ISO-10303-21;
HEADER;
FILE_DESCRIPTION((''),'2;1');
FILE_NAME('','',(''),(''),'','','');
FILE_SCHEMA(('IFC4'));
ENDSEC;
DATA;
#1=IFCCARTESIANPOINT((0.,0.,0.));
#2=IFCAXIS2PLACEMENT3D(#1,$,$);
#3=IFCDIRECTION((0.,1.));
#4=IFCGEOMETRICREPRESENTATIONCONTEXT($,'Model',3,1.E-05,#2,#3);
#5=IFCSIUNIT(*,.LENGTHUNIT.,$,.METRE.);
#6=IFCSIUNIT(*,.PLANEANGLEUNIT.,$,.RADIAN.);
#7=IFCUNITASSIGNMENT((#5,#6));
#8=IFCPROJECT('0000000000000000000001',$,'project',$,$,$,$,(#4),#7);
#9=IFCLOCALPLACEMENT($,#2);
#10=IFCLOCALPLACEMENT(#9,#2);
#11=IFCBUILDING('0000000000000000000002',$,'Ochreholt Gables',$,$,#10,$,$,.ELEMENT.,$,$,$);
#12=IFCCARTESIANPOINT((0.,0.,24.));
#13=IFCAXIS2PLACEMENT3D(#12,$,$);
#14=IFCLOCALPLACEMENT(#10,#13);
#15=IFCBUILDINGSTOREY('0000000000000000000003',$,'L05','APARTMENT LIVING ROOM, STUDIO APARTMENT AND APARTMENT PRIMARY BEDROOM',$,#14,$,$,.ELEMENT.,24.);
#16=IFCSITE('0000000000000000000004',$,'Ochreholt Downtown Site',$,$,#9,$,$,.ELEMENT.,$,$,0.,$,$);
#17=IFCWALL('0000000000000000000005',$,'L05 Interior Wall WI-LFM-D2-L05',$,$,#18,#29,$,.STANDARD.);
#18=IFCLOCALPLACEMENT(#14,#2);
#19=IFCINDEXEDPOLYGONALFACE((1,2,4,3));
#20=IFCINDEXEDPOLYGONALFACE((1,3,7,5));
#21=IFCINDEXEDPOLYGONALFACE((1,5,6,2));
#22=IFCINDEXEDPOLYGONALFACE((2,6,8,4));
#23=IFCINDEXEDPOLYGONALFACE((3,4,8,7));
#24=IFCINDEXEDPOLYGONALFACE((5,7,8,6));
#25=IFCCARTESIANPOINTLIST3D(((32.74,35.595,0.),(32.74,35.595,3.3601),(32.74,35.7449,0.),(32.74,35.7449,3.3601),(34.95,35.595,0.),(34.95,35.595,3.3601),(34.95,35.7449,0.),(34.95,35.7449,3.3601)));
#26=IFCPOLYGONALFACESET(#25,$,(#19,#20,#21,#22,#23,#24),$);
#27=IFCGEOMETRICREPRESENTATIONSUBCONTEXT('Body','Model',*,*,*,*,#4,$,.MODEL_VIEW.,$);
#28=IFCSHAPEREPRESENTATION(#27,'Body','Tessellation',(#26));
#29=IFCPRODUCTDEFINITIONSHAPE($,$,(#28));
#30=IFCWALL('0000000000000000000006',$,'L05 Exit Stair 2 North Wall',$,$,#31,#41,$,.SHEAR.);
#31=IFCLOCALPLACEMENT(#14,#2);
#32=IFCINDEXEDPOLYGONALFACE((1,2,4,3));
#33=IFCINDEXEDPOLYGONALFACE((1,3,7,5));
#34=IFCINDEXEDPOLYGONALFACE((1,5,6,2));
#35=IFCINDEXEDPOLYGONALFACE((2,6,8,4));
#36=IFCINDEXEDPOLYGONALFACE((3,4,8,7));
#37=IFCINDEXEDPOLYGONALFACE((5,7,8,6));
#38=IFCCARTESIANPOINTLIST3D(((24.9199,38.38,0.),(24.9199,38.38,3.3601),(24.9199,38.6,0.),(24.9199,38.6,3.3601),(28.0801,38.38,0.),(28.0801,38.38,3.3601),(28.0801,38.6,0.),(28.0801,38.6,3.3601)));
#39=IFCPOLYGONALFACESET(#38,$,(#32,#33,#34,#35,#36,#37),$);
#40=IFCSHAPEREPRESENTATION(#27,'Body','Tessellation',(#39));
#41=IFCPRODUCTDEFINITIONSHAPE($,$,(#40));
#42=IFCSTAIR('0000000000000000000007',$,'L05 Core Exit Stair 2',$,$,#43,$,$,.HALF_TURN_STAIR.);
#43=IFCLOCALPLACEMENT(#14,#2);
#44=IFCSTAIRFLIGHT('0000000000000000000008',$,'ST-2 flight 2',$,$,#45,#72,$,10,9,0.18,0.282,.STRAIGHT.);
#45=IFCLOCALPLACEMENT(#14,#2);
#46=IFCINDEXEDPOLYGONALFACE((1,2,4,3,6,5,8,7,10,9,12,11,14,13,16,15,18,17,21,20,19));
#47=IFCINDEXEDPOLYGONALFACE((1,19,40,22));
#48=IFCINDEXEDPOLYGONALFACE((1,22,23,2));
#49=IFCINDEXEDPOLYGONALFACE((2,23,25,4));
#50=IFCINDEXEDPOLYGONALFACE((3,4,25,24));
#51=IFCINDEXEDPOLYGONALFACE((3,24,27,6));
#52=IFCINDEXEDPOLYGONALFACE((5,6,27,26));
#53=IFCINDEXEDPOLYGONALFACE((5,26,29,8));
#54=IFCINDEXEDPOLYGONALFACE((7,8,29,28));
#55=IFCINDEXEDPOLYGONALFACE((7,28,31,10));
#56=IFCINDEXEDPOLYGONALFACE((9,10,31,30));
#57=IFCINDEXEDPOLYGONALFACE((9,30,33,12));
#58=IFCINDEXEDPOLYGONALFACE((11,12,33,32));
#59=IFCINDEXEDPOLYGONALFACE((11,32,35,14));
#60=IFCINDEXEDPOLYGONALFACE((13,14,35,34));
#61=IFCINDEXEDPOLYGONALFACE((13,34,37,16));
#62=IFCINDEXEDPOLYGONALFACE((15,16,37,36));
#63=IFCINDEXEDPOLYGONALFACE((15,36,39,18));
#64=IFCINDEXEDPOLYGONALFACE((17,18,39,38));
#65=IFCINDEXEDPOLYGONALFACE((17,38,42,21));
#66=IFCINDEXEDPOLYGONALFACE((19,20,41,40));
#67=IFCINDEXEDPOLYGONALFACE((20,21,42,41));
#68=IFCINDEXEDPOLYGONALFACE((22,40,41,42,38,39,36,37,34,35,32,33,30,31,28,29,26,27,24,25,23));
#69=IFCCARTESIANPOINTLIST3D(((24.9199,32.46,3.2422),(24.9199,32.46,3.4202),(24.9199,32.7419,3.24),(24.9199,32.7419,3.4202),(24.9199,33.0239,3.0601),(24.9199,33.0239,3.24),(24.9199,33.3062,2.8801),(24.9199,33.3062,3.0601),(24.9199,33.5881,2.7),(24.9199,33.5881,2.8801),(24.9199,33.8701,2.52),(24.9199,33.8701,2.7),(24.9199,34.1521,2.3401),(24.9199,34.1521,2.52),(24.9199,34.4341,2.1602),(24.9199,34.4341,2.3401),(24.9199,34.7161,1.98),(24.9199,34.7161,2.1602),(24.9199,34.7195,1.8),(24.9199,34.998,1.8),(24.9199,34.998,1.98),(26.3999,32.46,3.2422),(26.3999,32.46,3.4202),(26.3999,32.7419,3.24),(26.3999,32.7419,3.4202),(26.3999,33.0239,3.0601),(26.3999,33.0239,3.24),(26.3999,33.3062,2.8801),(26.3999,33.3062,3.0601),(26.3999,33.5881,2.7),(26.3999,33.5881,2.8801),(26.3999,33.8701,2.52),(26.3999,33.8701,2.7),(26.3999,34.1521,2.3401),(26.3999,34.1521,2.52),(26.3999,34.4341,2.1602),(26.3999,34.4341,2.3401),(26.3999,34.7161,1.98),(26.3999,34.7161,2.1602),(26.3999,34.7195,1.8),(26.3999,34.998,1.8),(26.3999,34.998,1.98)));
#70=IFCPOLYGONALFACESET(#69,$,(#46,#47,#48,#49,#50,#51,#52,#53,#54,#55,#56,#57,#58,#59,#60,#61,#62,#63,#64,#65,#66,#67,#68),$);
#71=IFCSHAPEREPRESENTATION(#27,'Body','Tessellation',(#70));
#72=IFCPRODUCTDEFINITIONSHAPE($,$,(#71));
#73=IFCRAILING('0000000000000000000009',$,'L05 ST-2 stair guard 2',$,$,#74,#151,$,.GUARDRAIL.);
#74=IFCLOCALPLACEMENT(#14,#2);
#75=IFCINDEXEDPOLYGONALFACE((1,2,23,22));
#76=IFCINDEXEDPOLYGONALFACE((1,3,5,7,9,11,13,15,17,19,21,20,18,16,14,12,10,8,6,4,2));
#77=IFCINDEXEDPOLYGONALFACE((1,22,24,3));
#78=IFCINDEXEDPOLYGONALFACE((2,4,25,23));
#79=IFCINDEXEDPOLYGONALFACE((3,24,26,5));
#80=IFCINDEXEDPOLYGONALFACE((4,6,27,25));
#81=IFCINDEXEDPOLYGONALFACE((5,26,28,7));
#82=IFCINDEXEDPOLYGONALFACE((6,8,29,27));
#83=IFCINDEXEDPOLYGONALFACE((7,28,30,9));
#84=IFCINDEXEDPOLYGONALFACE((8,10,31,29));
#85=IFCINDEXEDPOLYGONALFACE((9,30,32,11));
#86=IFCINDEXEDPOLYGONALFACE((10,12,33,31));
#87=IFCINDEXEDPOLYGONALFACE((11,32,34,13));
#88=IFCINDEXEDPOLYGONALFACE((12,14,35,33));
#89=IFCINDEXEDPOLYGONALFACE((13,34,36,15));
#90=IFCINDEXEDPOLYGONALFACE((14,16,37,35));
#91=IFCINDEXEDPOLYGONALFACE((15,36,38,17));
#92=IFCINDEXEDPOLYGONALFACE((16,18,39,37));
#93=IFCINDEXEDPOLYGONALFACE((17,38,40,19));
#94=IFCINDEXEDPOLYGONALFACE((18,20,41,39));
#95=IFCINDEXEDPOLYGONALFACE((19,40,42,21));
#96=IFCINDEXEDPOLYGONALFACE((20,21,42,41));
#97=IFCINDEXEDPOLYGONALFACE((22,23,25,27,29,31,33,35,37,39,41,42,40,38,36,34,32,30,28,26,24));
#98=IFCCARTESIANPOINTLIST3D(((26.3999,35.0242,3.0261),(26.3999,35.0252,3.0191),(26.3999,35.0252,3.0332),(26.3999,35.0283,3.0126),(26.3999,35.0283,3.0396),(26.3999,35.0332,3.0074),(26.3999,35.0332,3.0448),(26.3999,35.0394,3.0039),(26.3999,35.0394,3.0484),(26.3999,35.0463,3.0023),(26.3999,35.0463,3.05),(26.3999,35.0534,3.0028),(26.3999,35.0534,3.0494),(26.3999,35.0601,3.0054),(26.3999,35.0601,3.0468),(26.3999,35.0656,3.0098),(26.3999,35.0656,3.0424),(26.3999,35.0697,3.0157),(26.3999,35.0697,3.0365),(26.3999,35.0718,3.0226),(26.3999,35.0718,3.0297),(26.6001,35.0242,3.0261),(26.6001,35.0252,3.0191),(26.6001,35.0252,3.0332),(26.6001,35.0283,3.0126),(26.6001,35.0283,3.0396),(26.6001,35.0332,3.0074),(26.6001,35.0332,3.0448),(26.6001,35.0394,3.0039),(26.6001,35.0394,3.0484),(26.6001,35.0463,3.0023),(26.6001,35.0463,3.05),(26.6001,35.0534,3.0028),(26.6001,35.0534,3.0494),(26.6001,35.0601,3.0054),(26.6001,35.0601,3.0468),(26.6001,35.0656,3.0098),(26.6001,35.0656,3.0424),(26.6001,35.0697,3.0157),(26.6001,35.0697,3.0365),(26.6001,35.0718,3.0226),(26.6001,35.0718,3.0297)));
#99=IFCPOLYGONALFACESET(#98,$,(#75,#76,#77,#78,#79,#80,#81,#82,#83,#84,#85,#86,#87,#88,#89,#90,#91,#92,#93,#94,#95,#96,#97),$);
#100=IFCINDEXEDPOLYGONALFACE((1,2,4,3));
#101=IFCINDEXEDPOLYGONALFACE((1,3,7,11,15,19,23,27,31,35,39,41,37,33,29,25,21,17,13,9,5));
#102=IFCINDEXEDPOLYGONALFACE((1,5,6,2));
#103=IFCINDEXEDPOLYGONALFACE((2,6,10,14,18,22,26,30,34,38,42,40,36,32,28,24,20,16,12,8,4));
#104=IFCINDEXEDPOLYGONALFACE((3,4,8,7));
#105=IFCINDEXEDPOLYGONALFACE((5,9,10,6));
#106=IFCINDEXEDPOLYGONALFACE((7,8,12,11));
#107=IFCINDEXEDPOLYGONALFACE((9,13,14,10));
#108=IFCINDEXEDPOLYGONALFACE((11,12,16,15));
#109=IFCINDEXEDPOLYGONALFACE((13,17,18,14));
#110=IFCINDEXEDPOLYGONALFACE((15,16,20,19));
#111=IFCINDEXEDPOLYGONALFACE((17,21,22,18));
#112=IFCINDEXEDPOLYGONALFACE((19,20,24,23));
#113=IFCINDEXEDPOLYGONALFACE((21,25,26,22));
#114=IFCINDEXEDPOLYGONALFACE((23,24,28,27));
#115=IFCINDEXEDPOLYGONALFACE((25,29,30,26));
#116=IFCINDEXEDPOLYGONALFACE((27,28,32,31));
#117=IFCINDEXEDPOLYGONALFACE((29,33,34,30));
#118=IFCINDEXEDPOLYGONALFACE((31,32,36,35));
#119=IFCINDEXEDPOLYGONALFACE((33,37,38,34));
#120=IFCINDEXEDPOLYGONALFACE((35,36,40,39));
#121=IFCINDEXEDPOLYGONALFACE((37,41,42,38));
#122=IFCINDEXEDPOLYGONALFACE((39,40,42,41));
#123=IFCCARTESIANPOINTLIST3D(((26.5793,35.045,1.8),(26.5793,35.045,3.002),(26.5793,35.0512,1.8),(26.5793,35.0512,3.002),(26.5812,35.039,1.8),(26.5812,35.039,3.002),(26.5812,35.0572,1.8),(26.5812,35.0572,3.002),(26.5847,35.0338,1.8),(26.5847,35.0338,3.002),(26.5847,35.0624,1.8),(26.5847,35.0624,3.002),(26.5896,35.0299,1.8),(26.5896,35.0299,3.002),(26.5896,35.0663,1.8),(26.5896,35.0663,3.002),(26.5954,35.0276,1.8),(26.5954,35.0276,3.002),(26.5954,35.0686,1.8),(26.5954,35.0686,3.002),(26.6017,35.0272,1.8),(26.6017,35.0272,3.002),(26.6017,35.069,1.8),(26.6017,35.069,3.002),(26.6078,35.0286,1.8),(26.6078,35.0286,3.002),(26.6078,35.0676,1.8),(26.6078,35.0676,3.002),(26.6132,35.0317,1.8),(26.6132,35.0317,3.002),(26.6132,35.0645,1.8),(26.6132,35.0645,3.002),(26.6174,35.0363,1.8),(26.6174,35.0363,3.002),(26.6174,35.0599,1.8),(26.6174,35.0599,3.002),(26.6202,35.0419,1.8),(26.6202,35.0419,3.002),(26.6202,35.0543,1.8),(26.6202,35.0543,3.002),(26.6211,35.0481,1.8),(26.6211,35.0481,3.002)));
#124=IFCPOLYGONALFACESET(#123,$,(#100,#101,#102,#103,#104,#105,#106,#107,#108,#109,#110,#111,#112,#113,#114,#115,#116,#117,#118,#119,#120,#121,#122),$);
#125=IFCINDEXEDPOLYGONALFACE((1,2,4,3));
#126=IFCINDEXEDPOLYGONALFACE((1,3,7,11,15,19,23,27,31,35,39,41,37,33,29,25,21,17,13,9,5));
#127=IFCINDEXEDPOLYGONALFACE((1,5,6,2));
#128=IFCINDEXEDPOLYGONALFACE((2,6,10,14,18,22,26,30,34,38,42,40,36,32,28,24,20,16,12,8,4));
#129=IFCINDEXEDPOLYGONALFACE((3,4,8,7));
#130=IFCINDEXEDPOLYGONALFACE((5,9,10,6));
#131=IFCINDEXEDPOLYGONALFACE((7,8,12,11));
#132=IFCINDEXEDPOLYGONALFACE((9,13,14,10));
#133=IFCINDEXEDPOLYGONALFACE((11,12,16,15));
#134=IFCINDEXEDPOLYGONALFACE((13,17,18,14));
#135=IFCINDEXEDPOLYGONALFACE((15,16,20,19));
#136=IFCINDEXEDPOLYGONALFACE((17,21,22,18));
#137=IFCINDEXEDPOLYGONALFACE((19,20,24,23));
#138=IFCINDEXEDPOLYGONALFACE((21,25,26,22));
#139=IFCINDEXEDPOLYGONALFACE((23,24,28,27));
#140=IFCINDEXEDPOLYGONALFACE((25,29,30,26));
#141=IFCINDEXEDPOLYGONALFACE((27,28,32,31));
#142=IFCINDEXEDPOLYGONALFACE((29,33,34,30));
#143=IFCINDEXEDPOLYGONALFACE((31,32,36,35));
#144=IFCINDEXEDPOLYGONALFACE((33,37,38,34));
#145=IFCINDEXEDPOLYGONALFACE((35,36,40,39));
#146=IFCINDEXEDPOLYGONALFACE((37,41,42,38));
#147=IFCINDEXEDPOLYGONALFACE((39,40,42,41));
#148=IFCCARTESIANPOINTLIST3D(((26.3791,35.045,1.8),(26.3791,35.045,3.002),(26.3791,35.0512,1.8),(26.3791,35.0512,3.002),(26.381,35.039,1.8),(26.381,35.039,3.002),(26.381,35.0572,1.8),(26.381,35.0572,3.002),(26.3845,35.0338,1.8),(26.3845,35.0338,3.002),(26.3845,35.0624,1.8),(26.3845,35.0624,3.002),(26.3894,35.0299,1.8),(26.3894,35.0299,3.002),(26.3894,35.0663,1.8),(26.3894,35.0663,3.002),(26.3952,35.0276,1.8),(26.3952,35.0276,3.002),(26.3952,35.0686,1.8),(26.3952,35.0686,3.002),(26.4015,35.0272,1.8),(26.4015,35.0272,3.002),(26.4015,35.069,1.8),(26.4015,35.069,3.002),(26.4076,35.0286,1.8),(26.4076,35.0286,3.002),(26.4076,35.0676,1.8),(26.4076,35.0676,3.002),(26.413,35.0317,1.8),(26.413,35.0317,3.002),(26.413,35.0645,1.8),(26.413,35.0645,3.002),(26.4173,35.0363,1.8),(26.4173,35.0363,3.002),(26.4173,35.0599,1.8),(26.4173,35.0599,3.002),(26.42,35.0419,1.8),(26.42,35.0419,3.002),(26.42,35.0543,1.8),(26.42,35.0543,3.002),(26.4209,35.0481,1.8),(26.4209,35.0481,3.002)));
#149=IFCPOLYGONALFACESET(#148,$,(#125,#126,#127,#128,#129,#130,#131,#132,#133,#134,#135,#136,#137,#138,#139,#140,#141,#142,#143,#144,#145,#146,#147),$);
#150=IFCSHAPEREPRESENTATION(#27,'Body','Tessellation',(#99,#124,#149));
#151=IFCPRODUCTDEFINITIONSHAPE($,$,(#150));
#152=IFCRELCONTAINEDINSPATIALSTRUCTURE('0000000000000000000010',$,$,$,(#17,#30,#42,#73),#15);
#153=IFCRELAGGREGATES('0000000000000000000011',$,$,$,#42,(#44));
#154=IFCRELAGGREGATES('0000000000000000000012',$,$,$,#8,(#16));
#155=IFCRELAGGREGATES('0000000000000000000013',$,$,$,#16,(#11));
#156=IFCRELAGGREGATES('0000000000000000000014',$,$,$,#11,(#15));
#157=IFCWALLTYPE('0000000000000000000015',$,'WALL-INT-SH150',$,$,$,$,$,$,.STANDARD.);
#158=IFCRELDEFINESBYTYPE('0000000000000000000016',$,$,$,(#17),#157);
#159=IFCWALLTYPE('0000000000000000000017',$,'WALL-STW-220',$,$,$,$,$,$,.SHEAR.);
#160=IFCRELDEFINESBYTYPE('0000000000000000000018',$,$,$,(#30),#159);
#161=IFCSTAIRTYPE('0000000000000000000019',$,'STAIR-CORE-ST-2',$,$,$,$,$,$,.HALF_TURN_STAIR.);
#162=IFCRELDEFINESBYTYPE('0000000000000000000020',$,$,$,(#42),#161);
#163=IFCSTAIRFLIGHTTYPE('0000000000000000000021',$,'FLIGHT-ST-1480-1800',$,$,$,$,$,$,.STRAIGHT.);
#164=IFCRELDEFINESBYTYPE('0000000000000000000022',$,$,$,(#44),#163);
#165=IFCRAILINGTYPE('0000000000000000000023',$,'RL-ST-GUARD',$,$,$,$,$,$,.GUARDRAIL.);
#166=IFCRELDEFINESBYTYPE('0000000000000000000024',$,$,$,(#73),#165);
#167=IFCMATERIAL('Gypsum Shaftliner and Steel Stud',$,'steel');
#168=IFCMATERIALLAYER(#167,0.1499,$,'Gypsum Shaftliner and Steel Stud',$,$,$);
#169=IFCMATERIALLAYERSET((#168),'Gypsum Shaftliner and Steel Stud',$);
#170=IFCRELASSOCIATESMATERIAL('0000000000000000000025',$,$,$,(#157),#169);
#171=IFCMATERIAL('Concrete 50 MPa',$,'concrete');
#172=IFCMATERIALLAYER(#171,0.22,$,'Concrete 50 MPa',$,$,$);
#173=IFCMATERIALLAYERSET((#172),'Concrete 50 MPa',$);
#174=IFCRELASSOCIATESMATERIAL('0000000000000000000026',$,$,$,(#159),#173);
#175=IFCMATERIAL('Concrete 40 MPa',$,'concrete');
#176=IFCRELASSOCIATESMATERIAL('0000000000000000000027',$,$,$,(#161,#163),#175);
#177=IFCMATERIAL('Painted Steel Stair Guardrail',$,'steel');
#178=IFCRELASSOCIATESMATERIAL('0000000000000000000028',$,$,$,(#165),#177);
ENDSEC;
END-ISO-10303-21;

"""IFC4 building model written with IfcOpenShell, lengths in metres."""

from ifc_helpers import new_model, si_unit, direction, frame, frame_2d, origin, origin_2d, place, context, subcontext, project, spatial, polyline, rectangle, circle, outline, extrude, material, layer, layer_set, type_object, element, aggregate, save


model = new_model("IFC4")

# Units and contexts
model_context = context("Model", 3, precision=1e-05, world=origin(), true_north=direction((0.0, 1.0)))
body_context = subcontext(model_context, "Body", "Model", "MODEL_VIEW")
ifc_project = project(units=[si_unit("LENGTHUNIT", "METRE"), si_unit("PLANEANGLEUNIT", "RADIAN")], contexts=[model_context])

# Site, building, storey
site_placement = place(None, origin())
site = spatial("IfcSite", under=ifc_project, at=site_placement, Name="Ochreholt Downtown Site", CompositionType="ELEMENT", RefElevation=0.0)
building_placement = place(site_placement, origin())
building = spatial("IfcBuilding", under=site, at=building_placement, Name="Ochreholt Gables", CompositionType="ELEMENT")
storey_placement = place(building_placement, frame((0.0, 0.0, 24.0)))
storey = spatial("IfcBuildingStorey", under=building, at=storey_placement, Name="L05", Description="APARTMENT LIVING ROOM, STUDIO APARTMENT AND APARTMENT PRIMARY BEDROOM", CompositionType="ELEMENT", Elevation=24.0)

# Walls
ifc_material_1 = material(Name="Gypsum Shaftliner and Steel Stud", Category="steel")
ifc_layer_1 = layer(ifc_material_1, 0.1499, Name="Gypsum Shaftliner and Steel Stud")
ifc_layer_set_1 = layer_set([ifc_layer_1], Name="Gypsum Shaftliner and Steel Stud")
wall_type_1 = type_object("IfcWallType", Name="WALL-INT-SH150", PredefinedType="STANDARD", material=ifc_layer_set_1)
wall_1_placement = place(storey_placement, frame((32.74, 35.6699, 0.0), z_axis=(0.0, 0.0, 1.0), x_axis=(1.0, 0.0, 0.0)))
element("IfcWall", 1, at=wall_1_placement, inside=storey, type_object=wall_type_1, Name="L05 Interior Wall WI-LFM-D2-L05", PredefinedType="STANDARD", context=body_context, shape_type="SweptSolid", body=[
    extrude(rectangle(XDim=2.21, YDim=0.1499, at=frame_2d((1.105, 0.0))), origin(), (0.0, 0.0, 1.0), 3.3601),
])
ifc_material_2 = material(Name="Concrete 50 MPa", Category="concrete")
ifc_layer_2 = layer(ifc_material_2, 0.22, Name="Concrete 50 MPa")
ifc_layer_set_2 = layer_set([ifc_layer_2], Name="Concrete 50 MPa")
wall_type_2 = type_object("IfcWallType", Name="WALL-STW-220", PredefinedType="SHEAR", material=ifc_layer_set_2)
wall_2_placement = place(storey_placement, frame((24.9199, 38.49, 0.0), z_axis=(0.0, 0.0, 1.0), x_axis=(1.0, 0.0, 0.0)))
element("IfcWall", 2, at=wall_2_placement, inside=storey, type_object=wall_type_2, Name="L05 Exit Stair 2 North Wall", PredefinedType="SHEAR", context=body_context, shape_type="SweptSolid", body=[
    extrude(rectangle(XDim=3.1602, YDim=0.22, at=frame_2d((1.5801, 0.0))), origin(), (0.0, 0.0, 1.0), 3.3601),
])

# Stair, stair flight
ifc_material_3 = material(Name="Concrete 40 MPa", Category="concrete")
stair_type = type_object("IfcStairType", Name="STAIR-CORE-ST-2", PredefinedType="HALF_TURN_STAIR", material=ifc_material_3)
stair_placement = place(storey_placement, origin())
stair = element("IfcStair", 3, at=stair_placement, inside=storey, type_object=stair_type, Name="L05 Core Exit Stair 2", PredefinedType="HALF_TURN_STAIR")
stair_flight_type = type_object("IfcStairFlightType", Name="FLIGHT-ST-1480-1800", PredefinedType="STRAIGHT", material=ifc_material_3)
stair_flight_placement = place(storey_placement, frame((25.6599, 34.998, 1.8), z_axis=(0.0, 0.0, 1.0), x_axis=(0.0, -1.0, 0.0)))
stair_flight = element("IfcStairFlight", 4, at=stair_flight_placement, type_object=stair_flight_type, Name="ST-2 flight 2", NumberOfRisers=10, NumberOfTreads=9, PredefinedType="STRAIGHT", RiserHeight=0.18, TreadLength=0.282, context=body_context, shape_type="SweptSolid", body=[
    extrude(outline(polyline([(0.0, 0.0), (0.0, 0.1799), (0.282, 0.1799), (0.282, 0.3601), (0.564, 0.3601), (0.564, 0.54), (0.8459, 0.54), (0.8459, 0.72), (1.1279, 0.72), (1.1279, 0.8999), (1.4099, 0.8999), (1.4099, 1.0801), (1.6919, 1.0801), (1.6919, 1.26), (1.9741, 1.26), (1.9741, 1.4399), (2.2561, 1.4399), (2.2561, 1.6201), (2.5381, 1.6201), (2.5381, 1.8), (2.5381, 1.4421), (0.2786, 0.0), (0.0, 0.0)])), frame((0.0, 0.74, 0.0), z_axis=(0.0, -1.0, 0.0), x_axis=(1.0, 0.0, 0.0)), (0.0, 0.0, 1.0), 1.48),
])
aggregate(stair, [stair_flight])

# Railing
ifc_material_4 = material(Name="Painted Steel Stair Guardrail", Category="steel")
railing_type_1 = type_object("IfcRailingType", Name="RL-ST-GUARD", PredefinedType="GUARDRAIL", material=ifc_material_4)
railing_1_placement = place(storey_placement, frame((26.6001, 35.0481, 1.8)))
element("IfcRailing", 5, at=railing_1_placement, inside=storey, type_object=railing_type_1, Name="L05 ST-2 stair guard 2", PredefinedType="GUARDRAIL", context=body_context, shape_type="SweptSolid", body=[
    extrude(circle(Radius=0.0239, at=origin_2d()), frame((0.0, 0.0, 1.2261), z_axis=(-1.0, 0.0, 0.0), x_axis=(0.0, -1.0, 0.0)), (0.0, 0.0, 1.0), 0.2002),
    extrude(circle(Radius=0.021, at=origin_2d()), origin(), (0.0, 0.0, 1.0), 1.2019),
    extrude(circle(Radius=0.021, at=origin_2d()), frame((-0.2002, 0.0, 0.0)), (0.0, 0.0, 1.0), 1.2019),
])

save(model, "model.ifc")
